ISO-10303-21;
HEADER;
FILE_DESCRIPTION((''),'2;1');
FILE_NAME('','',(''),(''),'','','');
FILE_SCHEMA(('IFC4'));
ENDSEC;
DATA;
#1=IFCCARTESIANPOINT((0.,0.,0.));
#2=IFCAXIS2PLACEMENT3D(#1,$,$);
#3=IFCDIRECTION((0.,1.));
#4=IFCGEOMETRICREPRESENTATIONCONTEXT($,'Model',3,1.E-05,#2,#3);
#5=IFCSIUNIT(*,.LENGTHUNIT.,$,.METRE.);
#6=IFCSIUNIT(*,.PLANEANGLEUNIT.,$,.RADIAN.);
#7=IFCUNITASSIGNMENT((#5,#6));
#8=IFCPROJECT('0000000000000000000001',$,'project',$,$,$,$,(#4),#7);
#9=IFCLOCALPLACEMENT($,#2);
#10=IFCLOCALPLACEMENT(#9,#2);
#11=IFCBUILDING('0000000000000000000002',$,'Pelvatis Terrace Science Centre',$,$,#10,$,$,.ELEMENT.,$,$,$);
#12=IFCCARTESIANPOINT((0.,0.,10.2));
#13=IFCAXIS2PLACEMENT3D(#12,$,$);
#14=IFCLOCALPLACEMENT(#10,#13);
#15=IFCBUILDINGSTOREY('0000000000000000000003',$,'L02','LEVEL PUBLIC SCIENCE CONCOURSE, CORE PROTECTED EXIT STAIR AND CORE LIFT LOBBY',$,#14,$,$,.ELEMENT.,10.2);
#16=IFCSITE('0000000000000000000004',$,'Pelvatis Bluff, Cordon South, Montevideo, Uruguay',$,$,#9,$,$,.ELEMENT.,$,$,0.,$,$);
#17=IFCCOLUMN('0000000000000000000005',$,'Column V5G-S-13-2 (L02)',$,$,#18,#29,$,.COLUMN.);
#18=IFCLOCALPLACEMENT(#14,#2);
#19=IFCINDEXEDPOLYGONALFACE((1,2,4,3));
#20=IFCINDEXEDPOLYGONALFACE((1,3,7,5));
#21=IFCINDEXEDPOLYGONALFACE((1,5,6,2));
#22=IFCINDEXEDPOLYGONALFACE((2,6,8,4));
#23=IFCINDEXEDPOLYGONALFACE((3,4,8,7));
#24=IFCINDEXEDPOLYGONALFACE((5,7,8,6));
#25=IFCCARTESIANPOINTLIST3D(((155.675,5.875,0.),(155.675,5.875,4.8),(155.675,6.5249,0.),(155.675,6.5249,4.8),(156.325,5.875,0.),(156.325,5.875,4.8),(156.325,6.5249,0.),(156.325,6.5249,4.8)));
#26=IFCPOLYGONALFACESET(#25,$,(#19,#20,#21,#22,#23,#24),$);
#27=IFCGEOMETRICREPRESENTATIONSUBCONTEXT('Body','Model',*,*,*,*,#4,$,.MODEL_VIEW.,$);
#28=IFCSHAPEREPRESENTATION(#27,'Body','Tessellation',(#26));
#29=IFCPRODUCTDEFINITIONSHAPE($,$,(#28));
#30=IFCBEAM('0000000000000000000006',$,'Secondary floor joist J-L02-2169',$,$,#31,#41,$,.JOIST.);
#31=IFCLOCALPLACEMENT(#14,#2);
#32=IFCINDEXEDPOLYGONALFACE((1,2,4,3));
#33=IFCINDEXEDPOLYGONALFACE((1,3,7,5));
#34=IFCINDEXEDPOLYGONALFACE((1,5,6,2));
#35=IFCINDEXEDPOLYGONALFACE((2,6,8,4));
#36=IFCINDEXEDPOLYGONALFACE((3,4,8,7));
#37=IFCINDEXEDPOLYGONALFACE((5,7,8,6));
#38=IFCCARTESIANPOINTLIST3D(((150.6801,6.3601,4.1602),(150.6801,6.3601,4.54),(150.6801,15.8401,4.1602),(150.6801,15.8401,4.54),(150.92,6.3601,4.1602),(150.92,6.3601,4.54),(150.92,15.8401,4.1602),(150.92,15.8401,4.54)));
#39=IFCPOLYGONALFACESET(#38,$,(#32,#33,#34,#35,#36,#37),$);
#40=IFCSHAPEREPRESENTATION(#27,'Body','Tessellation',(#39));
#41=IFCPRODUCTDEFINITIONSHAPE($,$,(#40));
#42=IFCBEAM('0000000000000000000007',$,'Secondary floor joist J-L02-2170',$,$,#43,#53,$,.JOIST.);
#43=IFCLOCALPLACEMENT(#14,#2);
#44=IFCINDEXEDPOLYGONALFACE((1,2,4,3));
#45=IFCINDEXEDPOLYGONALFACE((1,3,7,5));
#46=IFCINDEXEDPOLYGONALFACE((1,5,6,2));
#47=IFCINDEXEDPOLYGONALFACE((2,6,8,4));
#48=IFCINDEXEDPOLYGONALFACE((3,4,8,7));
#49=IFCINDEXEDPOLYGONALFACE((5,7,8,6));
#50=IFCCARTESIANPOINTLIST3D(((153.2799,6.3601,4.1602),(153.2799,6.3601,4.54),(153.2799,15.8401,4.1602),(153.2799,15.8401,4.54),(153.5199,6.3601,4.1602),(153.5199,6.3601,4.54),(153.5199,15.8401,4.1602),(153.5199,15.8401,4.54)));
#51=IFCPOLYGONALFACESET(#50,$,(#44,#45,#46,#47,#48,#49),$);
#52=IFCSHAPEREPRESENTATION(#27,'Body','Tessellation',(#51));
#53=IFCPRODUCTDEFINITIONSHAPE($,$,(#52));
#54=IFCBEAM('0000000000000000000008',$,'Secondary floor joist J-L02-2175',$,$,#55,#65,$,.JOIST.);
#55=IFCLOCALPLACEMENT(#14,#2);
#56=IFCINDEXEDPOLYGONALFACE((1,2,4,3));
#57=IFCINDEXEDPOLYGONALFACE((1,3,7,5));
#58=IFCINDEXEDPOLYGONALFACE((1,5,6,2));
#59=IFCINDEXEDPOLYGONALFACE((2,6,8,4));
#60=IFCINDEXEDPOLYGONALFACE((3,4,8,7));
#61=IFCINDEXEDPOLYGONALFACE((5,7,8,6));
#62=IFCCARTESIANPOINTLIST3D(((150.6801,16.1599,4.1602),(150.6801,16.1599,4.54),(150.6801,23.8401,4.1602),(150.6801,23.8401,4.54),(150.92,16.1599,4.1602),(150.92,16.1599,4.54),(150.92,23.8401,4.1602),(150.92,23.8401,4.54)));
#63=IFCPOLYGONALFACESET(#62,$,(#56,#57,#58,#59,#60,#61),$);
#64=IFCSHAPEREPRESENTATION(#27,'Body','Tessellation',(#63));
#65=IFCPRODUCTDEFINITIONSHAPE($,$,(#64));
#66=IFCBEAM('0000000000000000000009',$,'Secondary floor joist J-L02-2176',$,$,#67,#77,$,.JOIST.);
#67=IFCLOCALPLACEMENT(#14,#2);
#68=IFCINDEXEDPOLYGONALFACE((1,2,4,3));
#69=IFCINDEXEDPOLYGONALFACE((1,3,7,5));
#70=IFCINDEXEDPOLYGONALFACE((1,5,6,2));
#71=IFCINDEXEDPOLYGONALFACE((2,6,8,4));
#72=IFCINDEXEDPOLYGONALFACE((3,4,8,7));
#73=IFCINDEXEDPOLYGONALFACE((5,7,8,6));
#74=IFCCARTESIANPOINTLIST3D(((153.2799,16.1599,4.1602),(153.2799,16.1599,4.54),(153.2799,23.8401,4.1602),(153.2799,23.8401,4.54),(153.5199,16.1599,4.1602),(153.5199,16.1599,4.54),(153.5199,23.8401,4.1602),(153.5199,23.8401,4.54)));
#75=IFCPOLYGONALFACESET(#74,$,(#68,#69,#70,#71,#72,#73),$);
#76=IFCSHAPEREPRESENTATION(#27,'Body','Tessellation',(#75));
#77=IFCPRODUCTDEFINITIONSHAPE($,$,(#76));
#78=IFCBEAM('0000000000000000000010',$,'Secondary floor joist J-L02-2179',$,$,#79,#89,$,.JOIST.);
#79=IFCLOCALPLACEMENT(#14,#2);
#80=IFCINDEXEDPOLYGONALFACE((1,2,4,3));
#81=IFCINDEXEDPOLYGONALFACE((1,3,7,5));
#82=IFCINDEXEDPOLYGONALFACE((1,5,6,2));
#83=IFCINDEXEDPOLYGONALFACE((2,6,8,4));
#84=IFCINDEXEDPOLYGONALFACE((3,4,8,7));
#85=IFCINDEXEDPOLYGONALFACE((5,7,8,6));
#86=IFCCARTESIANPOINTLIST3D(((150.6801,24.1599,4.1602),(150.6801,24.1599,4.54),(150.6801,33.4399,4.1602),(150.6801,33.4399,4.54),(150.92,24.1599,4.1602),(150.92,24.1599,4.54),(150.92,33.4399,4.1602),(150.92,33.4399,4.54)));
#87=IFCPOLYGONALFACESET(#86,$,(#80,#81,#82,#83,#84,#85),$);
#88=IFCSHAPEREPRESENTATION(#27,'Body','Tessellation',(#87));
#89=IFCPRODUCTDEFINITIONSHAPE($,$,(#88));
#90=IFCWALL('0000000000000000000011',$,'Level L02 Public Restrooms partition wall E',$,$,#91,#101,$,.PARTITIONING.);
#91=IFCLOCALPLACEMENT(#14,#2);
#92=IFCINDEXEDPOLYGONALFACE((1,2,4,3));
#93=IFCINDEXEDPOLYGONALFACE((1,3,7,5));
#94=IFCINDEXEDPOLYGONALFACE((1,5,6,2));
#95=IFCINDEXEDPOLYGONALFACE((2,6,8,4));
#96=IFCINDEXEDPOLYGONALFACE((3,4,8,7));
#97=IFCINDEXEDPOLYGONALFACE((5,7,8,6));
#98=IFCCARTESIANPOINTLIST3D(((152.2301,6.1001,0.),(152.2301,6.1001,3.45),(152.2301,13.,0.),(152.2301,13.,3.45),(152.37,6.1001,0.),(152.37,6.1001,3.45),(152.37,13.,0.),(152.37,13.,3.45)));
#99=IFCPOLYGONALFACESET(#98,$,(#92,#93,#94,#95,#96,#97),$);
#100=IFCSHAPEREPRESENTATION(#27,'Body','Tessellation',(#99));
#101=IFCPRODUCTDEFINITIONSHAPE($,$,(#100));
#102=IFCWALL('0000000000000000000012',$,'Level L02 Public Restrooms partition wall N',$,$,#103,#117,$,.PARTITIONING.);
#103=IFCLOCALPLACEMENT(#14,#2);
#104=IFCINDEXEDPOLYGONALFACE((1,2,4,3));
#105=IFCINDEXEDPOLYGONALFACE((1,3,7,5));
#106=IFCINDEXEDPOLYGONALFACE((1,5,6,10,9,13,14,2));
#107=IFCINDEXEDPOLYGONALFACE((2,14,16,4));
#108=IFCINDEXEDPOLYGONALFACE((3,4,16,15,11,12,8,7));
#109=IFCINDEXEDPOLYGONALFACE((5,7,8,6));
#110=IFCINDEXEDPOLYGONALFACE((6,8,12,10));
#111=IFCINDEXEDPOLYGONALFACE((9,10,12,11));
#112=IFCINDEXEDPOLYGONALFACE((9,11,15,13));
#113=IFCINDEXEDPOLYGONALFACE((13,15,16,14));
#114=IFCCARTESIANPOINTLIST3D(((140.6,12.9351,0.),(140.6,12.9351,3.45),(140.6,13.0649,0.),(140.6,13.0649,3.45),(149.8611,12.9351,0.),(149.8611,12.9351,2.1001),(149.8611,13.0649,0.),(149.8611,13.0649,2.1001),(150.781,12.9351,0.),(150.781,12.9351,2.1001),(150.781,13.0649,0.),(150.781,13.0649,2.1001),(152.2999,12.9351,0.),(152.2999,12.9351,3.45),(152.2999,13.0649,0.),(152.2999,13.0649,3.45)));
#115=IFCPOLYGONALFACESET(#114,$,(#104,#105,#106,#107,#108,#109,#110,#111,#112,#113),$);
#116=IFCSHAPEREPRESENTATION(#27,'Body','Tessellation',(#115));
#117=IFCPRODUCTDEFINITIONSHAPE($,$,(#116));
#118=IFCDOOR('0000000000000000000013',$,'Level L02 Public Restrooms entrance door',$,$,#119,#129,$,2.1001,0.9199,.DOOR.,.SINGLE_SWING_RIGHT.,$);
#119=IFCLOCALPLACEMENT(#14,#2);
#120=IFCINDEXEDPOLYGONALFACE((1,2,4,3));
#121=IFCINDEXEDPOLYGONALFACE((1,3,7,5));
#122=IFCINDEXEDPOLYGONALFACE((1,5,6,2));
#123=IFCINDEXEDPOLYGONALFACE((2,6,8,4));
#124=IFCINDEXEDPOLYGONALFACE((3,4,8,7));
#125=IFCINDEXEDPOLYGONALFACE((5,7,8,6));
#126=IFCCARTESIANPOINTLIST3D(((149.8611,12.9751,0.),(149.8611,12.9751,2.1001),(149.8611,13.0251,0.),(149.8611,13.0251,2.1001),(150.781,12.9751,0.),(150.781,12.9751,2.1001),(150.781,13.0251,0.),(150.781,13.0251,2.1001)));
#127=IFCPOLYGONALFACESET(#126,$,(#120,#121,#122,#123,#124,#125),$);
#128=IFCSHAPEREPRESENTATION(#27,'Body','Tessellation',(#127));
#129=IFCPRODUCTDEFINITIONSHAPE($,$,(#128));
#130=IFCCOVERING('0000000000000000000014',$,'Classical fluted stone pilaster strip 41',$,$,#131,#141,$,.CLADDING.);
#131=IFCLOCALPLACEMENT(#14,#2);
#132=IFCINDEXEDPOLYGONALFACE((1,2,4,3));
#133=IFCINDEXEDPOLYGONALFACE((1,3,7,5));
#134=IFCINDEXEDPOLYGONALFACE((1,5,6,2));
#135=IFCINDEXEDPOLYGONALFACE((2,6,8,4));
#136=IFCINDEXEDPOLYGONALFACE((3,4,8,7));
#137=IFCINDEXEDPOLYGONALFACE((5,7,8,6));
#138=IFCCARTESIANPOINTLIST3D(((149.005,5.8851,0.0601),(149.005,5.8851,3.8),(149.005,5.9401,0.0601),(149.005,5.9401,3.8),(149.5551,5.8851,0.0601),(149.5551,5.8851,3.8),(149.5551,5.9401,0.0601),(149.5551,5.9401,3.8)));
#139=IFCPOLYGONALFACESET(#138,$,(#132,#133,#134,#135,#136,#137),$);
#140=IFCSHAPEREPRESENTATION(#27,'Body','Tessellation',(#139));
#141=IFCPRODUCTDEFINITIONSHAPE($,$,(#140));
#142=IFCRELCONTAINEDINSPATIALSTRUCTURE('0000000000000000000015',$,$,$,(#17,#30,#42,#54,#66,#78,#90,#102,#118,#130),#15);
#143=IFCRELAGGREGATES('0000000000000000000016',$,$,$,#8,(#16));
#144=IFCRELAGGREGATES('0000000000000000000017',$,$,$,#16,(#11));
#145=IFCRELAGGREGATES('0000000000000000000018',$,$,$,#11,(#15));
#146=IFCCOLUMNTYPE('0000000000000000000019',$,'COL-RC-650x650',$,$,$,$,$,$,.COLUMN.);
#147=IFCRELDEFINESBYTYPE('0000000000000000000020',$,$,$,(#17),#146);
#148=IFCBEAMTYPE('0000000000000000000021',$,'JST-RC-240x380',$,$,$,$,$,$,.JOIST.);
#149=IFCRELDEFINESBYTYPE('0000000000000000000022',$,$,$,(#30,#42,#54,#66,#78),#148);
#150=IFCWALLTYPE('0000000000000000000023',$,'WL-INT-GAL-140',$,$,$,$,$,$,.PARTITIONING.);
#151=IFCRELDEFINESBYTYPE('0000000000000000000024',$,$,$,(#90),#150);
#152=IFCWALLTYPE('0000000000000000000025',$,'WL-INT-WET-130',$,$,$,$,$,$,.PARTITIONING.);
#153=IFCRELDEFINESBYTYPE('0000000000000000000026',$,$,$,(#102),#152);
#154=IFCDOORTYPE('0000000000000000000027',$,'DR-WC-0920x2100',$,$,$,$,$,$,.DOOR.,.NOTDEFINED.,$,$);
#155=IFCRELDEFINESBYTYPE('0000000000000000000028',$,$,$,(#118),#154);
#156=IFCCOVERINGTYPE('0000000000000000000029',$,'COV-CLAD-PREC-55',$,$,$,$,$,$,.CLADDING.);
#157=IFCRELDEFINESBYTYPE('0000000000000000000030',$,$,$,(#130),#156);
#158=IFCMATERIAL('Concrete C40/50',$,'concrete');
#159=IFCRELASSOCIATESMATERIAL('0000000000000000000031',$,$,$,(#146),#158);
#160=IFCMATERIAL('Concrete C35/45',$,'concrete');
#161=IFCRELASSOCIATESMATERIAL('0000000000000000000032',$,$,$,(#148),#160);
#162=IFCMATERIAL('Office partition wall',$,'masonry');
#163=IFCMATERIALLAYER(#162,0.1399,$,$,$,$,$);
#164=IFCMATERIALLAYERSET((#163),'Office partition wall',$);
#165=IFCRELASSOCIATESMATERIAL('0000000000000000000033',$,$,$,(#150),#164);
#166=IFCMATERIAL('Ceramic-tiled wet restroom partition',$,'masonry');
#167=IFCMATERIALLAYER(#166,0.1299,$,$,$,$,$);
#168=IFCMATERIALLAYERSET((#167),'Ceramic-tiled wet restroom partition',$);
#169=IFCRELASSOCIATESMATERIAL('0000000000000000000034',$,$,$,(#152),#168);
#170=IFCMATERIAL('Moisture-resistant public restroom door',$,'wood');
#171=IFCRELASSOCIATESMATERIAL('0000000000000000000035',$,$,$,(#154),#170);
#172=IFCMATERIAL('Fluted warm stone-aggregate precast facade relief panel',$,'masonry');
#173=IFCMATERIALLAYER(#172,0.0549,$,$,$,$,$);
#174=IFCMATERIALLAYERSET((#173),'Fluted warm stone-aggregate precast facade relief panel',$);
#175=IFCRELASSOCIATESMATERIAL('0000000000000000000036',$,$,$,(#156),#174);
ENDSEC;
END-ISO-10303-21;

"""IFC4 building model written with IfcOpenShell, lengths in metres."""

from ifc_helpers import new_model, si_unit, direction, frame, frame_2d, origin, origin_2d, place, context, subcontext, project, spatial, rectangle, extrude, material, layer, layer_set, material_profile, profile_set, type_object, element, fill, save


model = new_model("IFC4")

# Units and contexts
model_context = context("Model", 3, precision=1e-05, world=origin(), true_north=direction((0.0, 1.0)))
body_context = subcontext(model_context, "Body", "Model", "MODEL_VIEW")
ifc_project = project(units=[si_unit("LENGTHUNIT", "METRE"), si_unit("PLANEANGLEUNIT", "RADIAN")], contexts=[model_context])

# Site, building, storey
site_placement = place(None, origin())
site = spatial("IfcSite", under=ifc_project, at=site_placement, Name="Pelvatis Bluff, Cordon South, Montevideo, Uruguay", CompositionType="ELEMENT", RefElevation=0.0)
building_placement = place(site_placement, origin())
building = spatial("IfcBuilding", under=site, at=building_placement, Name="Pelvatis Terrace Science Centre", CompositionType="ELEMENT")
storey_placement = place(building_placement, frame((0.0, 0.0, 10.2)))
storey = spatial("IfcBuildingStorey", under=building, at=storey_placement, Name="L02", Description="LEVEL PUBLIC SCIENCE CONCOURSE, CORE PROTECTED EXIT STAIR AND CORE LIFT LOBBY", CompositionType="ELEMENT", Elevation=10.2)

# Column
ifc_material_1 = material(Name="Concrete C40/50", Category="concrete")
ifc_material_profile_1 = material_profile(ifc_material_1, rectangle(XDim=0.6499, YDim=0.6499, at=origin_2d()), Name="RC-COL 650x650")
ifc_profile_set_1 = profile_set([ifc_material_profile_1], Name="Concrete C40/50")
column_type = type_object("IfcColumnType", Name="COL-RC-650x650", PredefinedType="COLUMN", material=ifc_profile_set_1)
column_placement = place(storey_placement, frame((156.0, 6.2, 0.0), z_axis=(0.0, 0.0, 1.0), x_axis=(1.0, 0.0, 0.0)))
element("IfcColumn", 1, at=column_placement, inside=storey, type_object=column_type, Name="Column V5G-S-13-2 (L02)", PredefinedType="COLUMN", context=body_context, shape_type="SweptSolid", body=[
    extrude(rectangle(XDim=0.6499, YDim=0.6499, at=origin_2d()), origin(), (0.0, 0.0, 1.0), 4.8),
])

# Beams
ifc_material_2 = material(Name="Concrete C35/45", Category="concrete")
ifc_material_profile_2 = material_profile(ifc_material_2, rectangle(XDim=0.24, YDim=0.3799, at=origin_2d()), Name="RC-JST 240x380")
ifc_profile_set_2 = profile_set([ifc_material_profile_2], Name="Concrete C35/45")
beam_type = type_object("IfcBeamType", Name="JST-RC-240x380", PredefinedType="JOIST", material=ifc_profile_set_2)
for number, where, z_axis, x_axis, name in (
    (2, (150.8, 6.3601, 4.3501), (0.0, 1.0, 0.0), (-1.0, 0.0, 0.0), "Secondary floor joist J-L02-2169"),
    (3, (153.3999, 6.3601, 4.3501), (0.0, 1.0, 0.0), (-1.0, 0.0, 0.0), "Secondary floor joist J-L02-2170"),
):
    element("IfcBeam", number, at=place(storey_placement, frame(where, z_axis=z_axis, x_axis=x_axis)), inside=storey, type_object=beam_type, Name=name, PredefinedType="JOIST", context=body_context, shape_type="SweptSolid", body=[
        extrude(rectangle(XDim=0.24, YDim=0.3799, at=origin_2d()), origin(), (0.0, 0.0, 1.0), 9.48),
    ])
for number, where, z_axis, x_axis, name in (
    (4, (150.8, 16.1599, 4.3501), (0.0, 1.0, 0.0), (-1.0, 0.0, 0.0), "Secondary floor joist J-L02-2175"),
    (5, (153.3999, 16.1599, 4.3501), (0.0, 1.0, 0.0), (-1.0, 0.0, 0.0), "Secondary floor joist J-L02-2176"),
):
    element("IfcBeam", number, at=place(storey_placement, frame(where, z_axis=z_axis, x_axis=x_axis)), inside=storey, type_object=beam_type, Name=name, PredefinedType="JOIST", context=body_context, shape_type="SweptSolid", body=[
        extrude(rectangle(XDim=0.24, YDim=0.3799, at=origin_2d()), origin(), (0.0, 0.0, 1.0), 7.6802),
    ])
beam_placement = place(storey_placement, frame((150.8, 24.1599, 4.3501), z_axis=(0.0, 1.0, 0.0), x_axis=(-1.0, 0.0, 0.0)))
element("IfcBeam", 6, at=beam_placement, inside=storey, type_object=beam_type, Name="Secondary floor joist J-L02-2179", PredefinedType="JOIST", context=body_context, shape_type="SweptSolid", body=[
    extrude(rectangle(XDim=0.24, YDim=0.3799, at=origin_2d()), origin(), (0.0, 0.0, 1.0), 9.28),
])

# Wall
ifc_material_3 = material(Name="Office partition wall", Category="masonry")
ifc_layer_1 = layer(ifc_material_3, 0.1399)
ifc_layer_set_1 = layer_set([ifc_layer_1], Name="Office partition wall")
wall_type_1 = type_object("IfcWallType", Name="WL-INT-GAL-140", PredefinedType="PARTITIONING", material=ifc_layer_set_1)
wall_1_placement = place(storey_placement, frame((152.3, 6.1001, 0.0), z_axis=(0.0, 0.0, 1.0), x_axis=(0.0, 1.0, 0.0)))
element("IfcWall", 7, at=wall_1_placement, inside=storey, type_object=wall_type_1, Name="Level L02 Public Restrooms partition wall E", PredefinedType="PARTITIONING", context=body_context, shape_type="SweptSolid", body=[
    extrude(rectangle(XDim=6.8999, YDim=0.1399, at=frame_2d((3.45, 0.0))), origin(), (0.0, 0.0, 1.0), 3.45),
])

# Wall, opening, door
ifc_material_4 = material(Name="Ceramic-tiled wet restroom partition", Category="masonry")
ifc_layer_2 = layer(ifc_material_4, 0.1299)
ifc_layer_set_2 = layer_set([ifc_layer_2], Name="Ceramic-tiled wet restroom partition")
wall_type_2 = type_object("IfcWallType", Name="WL-INT-WET-130", PredefinedType="PARTITIONING", material=ifc_layer_set_2)
wall_2_placement = place(storey_placement, frame((152.3, 13.0, 0.0), z_axis=(0.0, 0.0, 1.0), x_axis=(-1.0, 0.0, 0.0)))
wall_2 = element("IfcWall", 8, at=wall_2_placement, inside=storey, type_object=wall_type_2, Name="Level L02 Public Restrooms partition wall N", PredefinedType="PARTITIONING", context=body_context, shape_type="SweptSolid", body=[
    extrude(rectangle(XDim=11.7, YDim=0.1299, at=frame_2d((5.8501, 0.0))), origin(), (0.0, 0.0, 1.0), 3.45),
])
opening_placement = place(wall_2_placement, frame((1.519, 0.0, 0.0)))
opening = element("IfcOpeningElement", 9, at=opening_placement, cuts=wall_2, PredefinedType="OPENING", context=body_context, shape_type="SweptSolid", body=[
    extrude(rectangle(XDim=0.9199, YDim=2.1001, at=frame_2d((0.46, 1.05))), frame((0.0, 0.075, 0.0), z_axis=(0.0, -1.0, 0.0), x_axis=(1.0, 0.0, 0.0)), (0.0, 0.0, 1.0), 0.1499),
])
ifc_material_5 = material(Name="Moisture-resistant public restroom door", Category="wood")
door_type = type_object("IfcDoorType", Name="DR-WC-0920x2100", OperationType="NOTDEFINED", PredefinedType="DOOR", material=ifc_material_5)
door_placement = place(opening_placement, origin())
door = element("IfcDoor", 10, at=door_placement, inside=storey, type_object=door_type, Name="Level L02 Public Restrooms entrance door", OperationType="SINGLE_SWING_RIGHT", OverallHeight=2.1001, OverallWidth=0.9199, PredefinedType="DOOR", context=body_context, shape_type="SweptSolid", body=[
    extrude(rectangle(XDim=0.9199, YDim=2.1001, at=frame_2d((0.46, 1.05))), frame((0.0, 0.0249, 0.0), z_axis=(0.0, -1.0, 0.0), x_axis=(1.0, 0.0, 0.0)), (0.0, 0.0, 1.0), 0.05),
])
fill(opening, door)

# Covering
ifc_material_6 = material(Name="Fluted warm stone-aggregate precast facade relief panel", Category="masonry")
ifc_layer_3 = layer(ifc_material_6, 0.0549)
ifc_layer_set_3 = layer_set([ifc_layer_3], Name="Fluted warm stone-aggregate precast facade relief panel")
covering_type = type_object("IfcCoveringType", Name="COV-CLAD-PREC-55", PredefinedType="CLADDING", material=ifc_layer_set_3)
covering_placement = place(storey_placement, frame((149.28, 5.9126, 0.0601), z_axis=(0.0, 0.0, 1.0), x_axis=(1.0, 0.0, 0.0)))
element("IfcCovering", 11, at=covering_placement, inside=storey, type_object=covering_type, Name="Classical fluted stone pilaster strip 41", PredefinedType="CLADDING", context=body_context, shape_type="SweptSolid", body=[
    extrude(rectangle(XDim=0.55, YDim=0.0549, at=origin_2d()), origin(), (0.0, 0.0, 1.0), 3.74),
])

save(model, "model.ifc")
